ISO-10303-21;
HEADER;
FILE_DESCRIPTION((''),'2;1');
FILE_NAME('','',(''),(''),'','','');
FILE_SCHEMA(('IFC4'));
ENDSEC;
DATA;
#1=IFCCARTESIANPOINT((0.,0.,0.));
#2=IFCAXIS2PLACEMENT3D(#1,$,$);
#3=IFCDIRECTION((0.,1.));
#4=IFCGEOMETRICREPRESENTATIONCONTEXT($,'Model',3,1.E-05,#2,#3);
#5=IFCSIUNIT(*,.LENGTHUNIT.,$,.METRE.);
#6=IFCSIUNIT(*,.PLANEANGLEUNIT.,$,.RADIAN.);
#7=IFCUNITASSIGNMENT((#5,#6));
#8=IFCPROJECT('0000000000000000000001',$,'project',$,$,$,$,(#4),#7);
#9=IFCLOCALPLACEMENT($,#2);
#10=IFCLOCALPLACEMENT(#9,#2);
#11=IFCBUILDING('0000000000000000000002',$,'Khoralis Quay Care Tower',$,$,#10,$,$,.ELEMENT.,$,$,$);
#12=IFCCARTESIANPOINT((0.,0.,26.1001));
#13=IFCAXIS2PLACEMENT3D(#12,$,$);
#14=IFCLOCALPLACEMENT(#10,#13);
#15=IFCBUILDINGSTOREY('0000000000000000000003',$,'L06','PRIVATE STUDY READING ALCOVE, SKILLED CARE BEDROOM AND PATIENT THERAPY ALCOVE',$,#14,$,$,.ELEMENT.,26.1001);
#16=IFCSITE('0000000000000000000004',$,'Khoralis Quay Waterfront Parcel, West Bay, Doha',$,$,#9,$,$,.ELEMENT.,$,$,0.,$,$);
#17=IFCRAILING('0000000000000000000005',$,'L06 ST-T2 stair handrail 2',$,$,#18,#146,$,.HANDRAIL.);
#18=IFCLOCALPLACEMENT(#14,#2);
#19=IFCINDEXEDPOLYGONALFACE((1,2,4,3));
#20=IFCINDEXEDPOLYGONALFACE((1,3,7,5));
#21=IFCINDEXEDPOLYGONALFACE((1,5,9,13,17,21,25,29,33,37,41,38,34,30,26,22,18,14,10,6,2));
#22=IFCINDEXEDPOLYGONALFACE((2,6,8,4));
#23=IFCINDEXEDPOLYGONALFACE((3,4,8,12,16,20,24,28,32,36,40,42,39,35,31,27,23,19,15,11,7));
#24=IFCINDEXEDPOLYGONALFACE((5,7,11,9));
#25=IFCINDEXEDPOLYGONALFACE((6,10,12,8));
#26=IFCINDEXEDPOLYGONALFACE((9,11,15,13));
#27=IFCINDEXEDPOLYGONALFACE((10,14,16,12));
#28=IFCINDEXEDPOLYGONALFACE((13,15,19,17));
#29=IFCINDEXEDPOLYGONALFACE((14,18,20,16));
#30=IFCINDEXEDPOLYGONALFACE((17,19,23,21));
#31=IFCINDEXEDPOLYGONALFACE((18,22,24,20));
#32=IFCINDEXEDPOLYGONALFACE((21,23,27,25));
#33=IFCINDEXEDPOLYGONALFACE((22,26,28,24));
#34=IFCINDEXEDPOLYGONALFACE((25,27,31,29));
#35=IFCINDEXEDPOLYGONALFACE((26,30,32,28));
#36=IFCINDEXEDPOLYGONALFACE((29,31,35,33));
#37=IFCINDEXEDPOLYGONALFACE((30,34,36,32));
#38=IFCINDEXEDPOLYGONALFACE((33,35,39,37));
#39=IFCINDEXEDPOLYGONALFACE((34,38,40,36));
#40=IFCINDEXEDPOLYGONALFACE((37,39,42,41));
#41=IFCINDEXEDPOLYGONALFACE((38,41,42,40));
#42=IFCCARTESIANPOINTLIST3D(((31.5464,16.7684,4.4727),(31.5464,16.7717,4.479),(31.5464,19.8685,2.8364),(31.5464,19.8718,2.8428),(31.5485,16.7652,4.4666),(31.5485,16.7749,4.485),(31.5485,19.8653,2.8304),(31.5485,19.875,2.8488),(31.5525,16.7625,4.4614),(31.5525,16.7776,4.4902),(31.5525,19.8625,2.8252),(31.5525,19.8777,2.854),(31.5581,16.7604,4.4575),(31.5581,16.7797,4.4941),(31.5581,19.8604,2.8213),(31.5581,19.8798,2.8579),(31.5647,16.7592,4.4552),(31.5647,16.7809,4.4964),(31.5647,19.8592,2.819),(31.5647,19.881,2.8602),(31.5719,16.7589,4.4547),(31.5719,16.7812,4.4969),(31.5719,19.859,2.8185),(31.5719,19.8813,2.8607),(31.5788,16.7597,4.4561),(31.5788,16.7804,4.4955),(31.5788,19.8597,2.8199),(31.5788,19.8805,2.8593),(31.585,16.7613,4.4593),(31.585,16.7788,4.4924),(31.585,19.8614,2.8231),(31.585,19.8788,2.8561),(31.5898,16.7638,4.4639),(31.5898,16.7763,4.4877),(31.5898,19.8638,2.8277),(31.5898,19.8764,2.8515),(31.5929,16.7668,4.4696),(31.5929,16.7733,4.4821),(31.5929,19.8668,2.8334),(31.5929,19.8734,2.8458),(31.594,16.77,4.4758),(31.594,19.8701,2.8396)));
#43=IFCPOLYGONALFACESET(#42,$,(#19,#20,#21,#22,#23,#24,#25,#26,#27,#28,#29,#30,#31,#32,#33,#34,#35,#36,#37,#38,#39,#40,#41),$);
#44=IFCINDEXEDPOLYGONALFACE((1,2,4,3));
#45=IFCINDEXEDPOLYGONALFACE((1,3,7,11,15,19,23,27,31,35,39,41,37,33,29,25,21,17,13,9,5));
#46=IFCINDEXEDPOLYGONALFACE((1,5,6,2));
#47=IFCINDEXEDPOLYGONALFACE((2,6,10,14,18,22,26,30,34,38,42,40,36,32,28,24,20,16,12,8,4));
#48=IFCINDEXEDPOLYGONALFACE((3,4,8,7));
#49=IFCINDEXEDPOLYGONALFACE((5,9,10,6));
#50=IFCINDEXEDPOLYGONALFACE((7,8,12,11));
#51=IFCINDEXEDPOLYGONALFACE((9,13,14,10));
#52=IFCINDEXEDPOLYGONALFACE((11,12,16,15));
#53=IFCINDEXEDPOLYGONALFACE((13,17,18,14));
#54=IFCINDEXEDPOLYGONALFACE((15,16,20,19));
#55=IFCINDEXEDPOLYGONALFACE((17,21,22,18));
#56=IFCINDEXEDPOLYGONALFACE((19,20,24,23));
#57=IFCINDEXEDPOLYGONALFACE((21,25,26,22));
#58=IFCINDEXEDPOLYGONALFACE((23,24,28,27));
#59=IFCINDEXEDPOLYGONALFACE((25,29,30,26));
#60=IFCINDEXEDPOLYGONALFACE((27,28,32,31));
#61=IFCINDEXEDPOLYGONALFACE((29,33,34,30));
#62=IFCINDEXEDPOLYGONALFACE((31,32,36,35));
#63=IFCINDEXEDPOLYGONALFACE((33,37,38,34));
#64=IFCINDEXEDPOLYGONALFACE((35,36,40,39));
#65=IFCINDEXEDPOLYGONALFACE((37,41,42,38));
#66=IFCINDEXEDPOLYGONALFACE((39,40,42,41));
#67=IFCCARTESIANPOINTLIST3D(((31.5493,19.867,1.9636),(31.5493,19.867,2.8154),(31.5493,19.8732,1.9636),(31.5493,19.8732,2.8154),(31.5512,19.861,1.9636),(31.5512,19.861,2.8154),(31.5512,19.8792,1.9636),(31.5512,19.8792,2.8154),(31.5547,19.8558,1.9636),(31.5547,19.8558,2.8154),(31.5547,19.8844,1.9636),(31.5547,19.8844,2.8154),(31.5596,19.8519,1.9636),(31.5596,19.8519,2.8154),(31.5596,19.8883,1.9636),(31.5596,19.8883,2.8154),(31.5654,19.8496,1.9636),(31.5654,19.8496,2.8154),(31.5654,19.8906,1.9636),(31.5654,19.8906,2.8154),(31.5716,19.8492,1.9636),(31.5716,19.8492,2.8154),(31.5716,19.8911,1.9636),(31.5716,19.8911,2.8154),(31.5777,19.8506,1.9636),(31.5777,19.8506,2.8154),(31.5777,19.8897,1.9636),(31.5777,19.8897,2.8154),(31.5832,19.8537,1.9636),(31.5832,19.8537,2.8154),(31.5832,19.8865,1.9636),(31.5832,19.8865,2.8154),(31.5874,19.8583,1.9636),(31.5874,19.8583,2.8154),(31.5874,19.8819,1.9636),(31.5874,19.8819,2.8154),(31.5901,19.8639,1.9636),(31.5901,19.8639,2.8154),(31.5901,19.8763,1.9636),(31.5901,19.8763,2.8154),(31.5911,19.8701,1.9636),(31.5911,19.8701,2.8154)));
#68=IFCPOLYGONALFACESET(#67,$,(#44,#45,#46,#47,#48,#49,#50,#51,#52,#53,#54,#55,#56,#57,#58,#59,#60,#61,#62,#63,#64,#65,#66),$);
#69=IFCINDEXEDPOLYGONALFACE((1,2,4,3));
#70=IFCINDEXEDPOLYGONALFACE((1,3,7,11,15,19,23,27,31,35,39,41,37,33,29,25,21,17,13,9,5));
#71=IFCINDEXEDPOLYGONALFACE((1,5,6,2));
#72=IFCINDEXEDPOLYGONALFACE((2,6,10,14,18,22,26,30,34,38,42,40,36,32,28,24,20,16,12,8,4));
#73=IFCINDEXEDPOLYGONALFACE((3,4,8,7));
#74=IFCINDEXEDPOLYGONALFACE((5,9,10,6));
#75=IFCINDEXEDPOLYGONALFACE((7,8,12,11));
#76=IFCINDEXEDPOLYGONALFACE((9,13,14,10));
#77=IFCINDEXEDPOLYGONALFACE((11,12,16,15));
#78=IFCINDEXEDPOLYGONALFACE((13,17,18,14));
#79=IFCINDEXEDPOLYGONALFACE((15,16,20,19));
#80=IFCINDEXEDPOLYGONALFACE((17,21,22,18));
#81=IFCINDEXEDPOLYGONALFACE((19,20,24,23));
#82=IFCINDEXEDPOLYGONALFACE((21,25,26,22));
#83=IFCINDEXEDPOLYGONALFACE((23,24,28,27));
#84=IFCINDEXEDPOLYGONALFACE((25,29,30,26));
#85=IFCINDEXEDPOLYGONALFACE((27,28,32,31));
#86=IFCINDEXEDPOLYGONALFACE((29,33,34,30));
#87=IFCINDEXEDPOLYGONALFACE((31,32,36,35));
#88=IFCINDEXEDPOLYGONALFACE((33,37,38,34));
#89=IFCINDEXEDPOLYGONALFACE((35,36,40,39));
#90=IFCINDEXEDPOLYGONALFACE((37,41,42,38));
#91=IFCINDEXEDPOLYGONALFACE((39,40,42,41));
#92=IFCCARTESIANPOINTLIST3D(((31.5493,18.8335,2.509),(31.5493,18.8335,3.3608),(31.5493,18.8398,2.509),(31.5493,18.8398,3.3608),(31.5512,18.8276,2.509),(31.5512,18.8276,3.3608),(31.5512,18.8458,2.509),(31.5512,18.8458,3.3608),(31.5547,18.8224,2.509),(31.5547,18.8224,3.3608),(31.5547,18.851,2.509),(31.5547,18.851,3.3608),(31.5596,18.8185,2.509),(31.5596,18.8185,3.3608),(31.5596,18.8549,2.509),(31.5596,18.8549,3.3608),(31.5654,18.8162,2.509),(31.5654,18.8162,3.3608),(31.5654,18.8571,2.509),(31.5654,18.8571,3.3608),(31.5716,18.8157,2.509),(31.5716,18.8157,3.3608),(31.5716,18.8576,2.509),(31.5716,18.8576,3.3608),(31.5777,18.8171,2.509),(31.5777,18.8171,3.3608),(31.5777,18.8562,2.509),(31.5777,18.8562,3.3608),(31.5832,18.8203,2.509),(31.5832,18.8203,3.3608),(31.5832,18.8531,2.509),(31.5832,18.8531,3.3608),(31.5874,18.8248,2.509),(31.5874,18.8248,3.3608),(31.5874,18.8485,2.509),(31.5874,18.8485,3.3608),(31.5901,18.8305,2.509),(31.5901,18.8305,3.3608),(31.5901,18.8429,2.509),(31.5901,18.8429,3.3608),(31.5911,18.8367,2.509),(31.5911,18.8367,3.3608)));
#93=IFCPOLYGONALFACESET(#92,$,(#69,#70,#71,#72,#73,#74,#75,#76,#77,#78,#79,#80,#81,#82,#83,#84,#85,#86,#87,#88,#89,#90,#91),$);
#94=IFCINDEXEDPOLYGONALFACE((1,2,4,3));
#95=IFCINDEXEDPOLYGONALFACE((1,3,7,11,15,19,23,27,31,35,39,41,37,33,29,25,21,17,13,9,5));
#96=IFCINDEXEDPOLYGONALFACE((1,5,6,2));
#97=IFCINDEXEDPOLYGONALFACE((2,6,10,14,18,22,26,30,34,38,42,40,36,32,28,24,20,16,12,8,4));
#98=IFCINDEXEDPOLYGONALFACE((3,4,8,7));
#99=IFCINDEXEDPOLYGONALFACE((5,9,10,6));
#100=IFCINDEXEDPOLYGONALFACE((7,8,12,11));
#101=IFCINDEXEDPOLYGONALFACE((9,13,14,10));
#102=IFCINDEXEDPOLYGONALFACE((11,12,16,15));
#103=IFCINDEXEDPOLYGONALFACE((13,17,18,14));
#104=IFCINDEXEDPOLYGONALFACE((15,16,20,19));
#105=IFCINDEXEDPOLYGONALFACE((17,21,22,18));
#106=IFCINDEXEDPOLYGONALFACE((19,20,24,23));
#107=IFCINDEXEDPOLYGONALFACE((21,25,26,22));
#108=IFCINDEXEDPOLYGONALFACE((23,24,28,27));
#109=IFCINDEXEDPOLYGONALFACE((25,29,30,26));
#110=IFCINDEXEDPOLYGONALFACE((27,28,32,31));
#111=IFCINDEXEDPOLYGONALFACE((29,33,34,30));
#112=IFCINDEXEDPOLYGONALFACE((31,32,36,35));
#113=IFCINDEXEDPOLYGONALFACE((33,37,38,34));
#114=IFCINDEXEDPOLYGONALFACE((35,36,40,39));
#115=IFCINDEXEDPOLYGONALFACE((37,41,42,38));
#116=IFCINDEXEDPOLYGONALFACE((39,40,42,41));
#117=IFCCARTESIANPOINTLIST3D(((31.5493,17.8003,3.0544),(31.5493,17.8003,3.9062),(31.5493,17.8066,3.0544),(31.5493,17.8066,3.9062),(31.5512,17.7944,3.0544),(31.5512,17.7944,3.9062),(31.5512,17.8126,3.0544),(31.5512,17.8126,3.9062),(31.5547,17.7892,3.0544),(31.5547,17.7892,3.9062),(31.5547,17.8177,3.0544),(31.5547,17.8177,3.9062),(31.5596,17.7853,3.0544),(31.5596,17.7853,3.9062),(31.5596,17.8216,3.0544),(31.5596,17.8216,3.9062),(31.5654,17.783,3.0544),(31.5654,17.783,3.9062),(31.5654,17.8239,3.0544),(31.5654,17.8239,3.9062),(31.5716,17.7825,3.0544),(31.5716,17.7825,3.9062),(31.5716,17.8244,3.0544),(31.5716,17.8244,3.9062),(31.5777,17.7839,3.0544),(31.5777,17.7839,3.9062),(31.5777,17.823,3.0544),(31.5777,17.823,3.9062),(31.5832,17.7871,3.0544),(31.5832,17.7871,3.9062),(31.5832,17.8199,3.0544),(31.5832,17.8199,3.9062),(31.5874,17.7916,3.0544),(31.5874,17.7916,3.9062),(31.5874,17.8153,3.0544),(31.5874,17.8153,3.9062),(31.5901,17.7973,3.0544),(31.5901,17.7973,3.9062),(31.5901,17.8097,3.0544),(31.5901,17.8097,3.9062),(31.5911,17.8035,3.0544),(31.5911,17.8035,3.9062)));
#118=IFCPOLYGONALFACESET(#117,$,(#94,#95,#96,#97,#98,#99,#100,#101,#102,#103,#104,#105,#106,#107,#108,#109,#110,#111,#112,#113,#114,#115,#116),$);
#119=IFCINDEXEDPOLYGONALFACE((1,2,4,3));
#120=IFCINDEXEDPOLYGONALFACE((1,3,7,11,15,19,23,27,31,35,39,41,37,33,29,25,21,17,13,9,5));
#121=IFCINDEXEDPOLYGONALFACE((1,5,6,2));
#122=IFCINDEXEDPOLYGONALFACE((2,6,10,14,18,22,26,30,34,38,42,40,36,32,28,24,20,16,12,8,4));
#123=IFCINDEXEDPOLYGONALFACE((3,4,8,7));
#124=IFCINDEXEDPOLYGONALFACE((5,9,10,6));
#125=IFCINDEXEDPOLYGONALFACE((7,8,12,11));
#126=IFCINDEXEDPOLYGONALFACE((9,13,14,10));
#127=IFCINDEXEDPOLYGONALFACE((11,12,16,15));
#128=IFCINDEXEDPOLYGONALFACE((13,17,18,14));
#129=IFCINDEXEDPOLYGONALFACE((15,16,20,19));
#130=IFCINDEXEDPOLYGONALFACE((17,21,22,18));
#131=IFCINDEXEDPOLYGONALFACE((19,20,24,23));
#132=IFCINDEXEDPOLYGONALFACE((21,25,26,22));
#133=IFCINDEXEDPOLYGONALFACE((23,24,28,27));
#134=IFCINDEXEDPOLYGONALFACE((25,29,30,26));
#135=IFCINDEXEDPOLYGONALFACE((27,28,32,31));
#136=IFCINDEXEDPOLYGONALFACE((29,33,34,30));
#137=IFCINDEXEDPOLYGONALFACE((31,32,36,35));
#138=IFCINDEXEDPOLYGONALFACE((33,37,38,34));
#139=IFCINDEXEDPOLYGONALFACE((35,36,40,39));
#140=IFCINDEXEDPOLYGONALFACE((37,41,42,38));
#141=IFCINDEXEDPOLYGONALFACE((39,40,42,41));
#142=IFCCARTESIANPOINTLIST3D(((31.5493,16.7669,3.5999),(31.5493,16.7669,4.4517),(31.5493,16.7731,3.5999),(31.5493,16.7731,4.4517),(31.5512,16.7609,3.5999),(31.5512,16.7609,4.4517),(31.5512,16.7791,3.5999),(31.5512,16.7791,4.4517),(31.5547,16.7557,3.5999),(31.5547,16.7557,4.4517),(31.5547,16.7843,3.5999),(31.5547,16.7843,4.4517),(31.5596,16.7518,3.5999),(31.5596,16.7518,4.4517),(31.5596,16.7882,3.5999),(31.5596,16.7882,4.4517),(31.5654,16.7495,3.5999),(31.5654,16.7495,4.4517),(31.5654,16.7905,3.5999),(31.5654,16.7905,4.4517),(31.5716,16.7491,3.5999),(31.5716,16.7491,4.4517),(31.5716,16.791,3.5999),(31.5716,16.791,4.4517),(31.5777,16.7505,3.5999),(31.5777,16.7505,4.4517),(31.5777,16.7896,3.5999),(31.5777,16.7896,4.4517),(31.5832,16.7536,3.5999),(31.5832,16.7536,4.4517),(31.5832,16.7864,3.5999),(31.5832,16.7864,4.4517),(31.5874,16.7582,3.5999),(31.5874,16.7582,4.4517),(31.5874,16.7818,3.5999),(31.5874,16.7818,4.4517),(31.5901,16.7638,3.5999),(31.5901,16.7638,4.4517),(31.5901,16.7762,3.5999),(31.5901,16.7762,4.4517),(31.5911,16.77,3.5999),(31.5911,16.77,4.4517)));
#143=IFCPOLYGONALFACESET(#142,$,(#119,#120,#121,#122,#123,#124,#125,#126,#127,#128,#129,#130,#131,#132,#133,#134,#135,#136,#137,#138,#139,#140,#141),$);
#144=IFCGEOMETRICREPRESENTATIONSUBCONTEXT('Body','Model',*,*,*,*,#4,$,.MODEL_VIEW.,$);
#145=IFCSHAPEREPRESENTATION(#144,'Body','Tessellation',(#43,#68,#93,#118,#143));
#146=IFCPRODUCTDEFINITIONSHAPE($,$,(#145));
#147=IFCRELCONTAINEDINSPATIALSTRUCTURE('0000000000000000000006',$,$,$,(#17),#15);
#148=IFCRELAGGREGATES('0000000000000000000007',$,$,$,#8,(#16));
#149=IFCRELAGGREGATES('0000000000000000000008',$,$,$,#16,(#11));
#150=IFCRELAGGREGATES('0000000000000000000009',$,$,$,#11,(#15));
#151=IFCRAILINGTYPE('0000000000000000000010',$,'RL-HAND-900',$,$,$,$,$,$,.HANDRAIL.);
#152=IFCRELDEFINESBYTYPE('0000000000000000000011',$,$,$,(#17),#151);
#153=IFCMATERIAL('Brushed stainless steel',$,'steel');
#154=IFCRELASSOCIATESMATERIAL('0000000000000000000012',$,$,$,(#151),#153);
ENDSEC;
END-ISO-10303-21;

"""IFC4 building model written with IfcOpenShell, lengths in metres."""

from ifc_helpers import new_model, si_unit, direction, frame, origin, origin_2d, place, context, subcontext, project, spatial, circle, extrude, material, type_object, element, save


model = new_model("IFC4")

# Units and contexts
model_context = context("Model", 3, precision=1e-05, world=origin(), true_north=direction((0.0, 1.0)))
body_context = subcontext(model_context, "Body", "Model", "MODEL_VIEW")
ifc_project = project(units=[si_unit("LENGTHUNIT", "METRE"), si_unit("PLANEANGLEUNIT", "RADIAN")], contexts=[model_context])

# Site, building, storey
site_placement = place(None, origin())
site = spatial("IfcSite", under=ifc_project, at=site_placement, Name="Khoralis Quay Waterfront Parcel, West Bay, Doha", CompositionType="ELEMENT", RefElevation=0.0)
building_placement = place(site_placement, origin())
building = spatial("IfcBuilding", under=site, at=building_placement, Name="Khoralis Quay Care Tower", CompositionType="ELEMENT")
storey_placement = place(building_placement, frame((0.0, 0.0, 26.1001)))
storey = spatial("IfcBuildingStorey", under=building, at=storey_placement, Name="L06", Description="PRIVATE STUDY READING ALCOVE, SKILLED CARE BEDROOM AND PATIENT THERAPY ALCOVE", CompositionType="ELEMENT", Elevation=26.1001)

# Shared definitions
ifc_material_1 = material(Name="Brushed stainless steel", Category="steel")

# Railing
railing_type_1 = type_object("IfcRailingType", Name="RL-HAND-900", PredefinedType="HANDRAIL", material=ifc_material_1)
railing_1_placement = place(storey_placement, frame((31.5701, 19.8701, 1.9636)))
element("IfcRailing", 1, at=railing_1_placement, inside=storey, type_object=railing_type_1, Name="L06 ST-T2 stair handrail 2", PredefinedType="HANDRAIL", context=body_context, shape_type="SweptSolid", body=[
    extrude(circle(Radius=0.0239, at=origin_2d()), frame((0.0, 0.0, 0.876), z_axis=(0.0, -0.884377, 0.466774), x_axis=(1.0, 0.0, 0.0)), (0.0, 0.0, 1.0), 3.5054),
    extrude(circle(Radius=0.021, at=origin_2d()), origin(), (0.0, 0.0, 1.0), 0.8518),
    extrude(circle(Radius=0.021, at=origin_2d()), frame((0.0, -1.0334, 0.5454)), (0.0, 0.0, 1.0), 0.8518),
    extrude(circle(Radius=0.021, at=origin_2d()), frame((0.0, -2.0667, 1.0908)), (0.0, 0.0, 1.0), 0.8518),
    extrude(circle(Radius=0.021, at=origin_2d()), frame((0.0, -3.1001, 1.6362)), (0.0, 0.0, 1.0), 0.8518),
])

save(model, "model.ifc")
